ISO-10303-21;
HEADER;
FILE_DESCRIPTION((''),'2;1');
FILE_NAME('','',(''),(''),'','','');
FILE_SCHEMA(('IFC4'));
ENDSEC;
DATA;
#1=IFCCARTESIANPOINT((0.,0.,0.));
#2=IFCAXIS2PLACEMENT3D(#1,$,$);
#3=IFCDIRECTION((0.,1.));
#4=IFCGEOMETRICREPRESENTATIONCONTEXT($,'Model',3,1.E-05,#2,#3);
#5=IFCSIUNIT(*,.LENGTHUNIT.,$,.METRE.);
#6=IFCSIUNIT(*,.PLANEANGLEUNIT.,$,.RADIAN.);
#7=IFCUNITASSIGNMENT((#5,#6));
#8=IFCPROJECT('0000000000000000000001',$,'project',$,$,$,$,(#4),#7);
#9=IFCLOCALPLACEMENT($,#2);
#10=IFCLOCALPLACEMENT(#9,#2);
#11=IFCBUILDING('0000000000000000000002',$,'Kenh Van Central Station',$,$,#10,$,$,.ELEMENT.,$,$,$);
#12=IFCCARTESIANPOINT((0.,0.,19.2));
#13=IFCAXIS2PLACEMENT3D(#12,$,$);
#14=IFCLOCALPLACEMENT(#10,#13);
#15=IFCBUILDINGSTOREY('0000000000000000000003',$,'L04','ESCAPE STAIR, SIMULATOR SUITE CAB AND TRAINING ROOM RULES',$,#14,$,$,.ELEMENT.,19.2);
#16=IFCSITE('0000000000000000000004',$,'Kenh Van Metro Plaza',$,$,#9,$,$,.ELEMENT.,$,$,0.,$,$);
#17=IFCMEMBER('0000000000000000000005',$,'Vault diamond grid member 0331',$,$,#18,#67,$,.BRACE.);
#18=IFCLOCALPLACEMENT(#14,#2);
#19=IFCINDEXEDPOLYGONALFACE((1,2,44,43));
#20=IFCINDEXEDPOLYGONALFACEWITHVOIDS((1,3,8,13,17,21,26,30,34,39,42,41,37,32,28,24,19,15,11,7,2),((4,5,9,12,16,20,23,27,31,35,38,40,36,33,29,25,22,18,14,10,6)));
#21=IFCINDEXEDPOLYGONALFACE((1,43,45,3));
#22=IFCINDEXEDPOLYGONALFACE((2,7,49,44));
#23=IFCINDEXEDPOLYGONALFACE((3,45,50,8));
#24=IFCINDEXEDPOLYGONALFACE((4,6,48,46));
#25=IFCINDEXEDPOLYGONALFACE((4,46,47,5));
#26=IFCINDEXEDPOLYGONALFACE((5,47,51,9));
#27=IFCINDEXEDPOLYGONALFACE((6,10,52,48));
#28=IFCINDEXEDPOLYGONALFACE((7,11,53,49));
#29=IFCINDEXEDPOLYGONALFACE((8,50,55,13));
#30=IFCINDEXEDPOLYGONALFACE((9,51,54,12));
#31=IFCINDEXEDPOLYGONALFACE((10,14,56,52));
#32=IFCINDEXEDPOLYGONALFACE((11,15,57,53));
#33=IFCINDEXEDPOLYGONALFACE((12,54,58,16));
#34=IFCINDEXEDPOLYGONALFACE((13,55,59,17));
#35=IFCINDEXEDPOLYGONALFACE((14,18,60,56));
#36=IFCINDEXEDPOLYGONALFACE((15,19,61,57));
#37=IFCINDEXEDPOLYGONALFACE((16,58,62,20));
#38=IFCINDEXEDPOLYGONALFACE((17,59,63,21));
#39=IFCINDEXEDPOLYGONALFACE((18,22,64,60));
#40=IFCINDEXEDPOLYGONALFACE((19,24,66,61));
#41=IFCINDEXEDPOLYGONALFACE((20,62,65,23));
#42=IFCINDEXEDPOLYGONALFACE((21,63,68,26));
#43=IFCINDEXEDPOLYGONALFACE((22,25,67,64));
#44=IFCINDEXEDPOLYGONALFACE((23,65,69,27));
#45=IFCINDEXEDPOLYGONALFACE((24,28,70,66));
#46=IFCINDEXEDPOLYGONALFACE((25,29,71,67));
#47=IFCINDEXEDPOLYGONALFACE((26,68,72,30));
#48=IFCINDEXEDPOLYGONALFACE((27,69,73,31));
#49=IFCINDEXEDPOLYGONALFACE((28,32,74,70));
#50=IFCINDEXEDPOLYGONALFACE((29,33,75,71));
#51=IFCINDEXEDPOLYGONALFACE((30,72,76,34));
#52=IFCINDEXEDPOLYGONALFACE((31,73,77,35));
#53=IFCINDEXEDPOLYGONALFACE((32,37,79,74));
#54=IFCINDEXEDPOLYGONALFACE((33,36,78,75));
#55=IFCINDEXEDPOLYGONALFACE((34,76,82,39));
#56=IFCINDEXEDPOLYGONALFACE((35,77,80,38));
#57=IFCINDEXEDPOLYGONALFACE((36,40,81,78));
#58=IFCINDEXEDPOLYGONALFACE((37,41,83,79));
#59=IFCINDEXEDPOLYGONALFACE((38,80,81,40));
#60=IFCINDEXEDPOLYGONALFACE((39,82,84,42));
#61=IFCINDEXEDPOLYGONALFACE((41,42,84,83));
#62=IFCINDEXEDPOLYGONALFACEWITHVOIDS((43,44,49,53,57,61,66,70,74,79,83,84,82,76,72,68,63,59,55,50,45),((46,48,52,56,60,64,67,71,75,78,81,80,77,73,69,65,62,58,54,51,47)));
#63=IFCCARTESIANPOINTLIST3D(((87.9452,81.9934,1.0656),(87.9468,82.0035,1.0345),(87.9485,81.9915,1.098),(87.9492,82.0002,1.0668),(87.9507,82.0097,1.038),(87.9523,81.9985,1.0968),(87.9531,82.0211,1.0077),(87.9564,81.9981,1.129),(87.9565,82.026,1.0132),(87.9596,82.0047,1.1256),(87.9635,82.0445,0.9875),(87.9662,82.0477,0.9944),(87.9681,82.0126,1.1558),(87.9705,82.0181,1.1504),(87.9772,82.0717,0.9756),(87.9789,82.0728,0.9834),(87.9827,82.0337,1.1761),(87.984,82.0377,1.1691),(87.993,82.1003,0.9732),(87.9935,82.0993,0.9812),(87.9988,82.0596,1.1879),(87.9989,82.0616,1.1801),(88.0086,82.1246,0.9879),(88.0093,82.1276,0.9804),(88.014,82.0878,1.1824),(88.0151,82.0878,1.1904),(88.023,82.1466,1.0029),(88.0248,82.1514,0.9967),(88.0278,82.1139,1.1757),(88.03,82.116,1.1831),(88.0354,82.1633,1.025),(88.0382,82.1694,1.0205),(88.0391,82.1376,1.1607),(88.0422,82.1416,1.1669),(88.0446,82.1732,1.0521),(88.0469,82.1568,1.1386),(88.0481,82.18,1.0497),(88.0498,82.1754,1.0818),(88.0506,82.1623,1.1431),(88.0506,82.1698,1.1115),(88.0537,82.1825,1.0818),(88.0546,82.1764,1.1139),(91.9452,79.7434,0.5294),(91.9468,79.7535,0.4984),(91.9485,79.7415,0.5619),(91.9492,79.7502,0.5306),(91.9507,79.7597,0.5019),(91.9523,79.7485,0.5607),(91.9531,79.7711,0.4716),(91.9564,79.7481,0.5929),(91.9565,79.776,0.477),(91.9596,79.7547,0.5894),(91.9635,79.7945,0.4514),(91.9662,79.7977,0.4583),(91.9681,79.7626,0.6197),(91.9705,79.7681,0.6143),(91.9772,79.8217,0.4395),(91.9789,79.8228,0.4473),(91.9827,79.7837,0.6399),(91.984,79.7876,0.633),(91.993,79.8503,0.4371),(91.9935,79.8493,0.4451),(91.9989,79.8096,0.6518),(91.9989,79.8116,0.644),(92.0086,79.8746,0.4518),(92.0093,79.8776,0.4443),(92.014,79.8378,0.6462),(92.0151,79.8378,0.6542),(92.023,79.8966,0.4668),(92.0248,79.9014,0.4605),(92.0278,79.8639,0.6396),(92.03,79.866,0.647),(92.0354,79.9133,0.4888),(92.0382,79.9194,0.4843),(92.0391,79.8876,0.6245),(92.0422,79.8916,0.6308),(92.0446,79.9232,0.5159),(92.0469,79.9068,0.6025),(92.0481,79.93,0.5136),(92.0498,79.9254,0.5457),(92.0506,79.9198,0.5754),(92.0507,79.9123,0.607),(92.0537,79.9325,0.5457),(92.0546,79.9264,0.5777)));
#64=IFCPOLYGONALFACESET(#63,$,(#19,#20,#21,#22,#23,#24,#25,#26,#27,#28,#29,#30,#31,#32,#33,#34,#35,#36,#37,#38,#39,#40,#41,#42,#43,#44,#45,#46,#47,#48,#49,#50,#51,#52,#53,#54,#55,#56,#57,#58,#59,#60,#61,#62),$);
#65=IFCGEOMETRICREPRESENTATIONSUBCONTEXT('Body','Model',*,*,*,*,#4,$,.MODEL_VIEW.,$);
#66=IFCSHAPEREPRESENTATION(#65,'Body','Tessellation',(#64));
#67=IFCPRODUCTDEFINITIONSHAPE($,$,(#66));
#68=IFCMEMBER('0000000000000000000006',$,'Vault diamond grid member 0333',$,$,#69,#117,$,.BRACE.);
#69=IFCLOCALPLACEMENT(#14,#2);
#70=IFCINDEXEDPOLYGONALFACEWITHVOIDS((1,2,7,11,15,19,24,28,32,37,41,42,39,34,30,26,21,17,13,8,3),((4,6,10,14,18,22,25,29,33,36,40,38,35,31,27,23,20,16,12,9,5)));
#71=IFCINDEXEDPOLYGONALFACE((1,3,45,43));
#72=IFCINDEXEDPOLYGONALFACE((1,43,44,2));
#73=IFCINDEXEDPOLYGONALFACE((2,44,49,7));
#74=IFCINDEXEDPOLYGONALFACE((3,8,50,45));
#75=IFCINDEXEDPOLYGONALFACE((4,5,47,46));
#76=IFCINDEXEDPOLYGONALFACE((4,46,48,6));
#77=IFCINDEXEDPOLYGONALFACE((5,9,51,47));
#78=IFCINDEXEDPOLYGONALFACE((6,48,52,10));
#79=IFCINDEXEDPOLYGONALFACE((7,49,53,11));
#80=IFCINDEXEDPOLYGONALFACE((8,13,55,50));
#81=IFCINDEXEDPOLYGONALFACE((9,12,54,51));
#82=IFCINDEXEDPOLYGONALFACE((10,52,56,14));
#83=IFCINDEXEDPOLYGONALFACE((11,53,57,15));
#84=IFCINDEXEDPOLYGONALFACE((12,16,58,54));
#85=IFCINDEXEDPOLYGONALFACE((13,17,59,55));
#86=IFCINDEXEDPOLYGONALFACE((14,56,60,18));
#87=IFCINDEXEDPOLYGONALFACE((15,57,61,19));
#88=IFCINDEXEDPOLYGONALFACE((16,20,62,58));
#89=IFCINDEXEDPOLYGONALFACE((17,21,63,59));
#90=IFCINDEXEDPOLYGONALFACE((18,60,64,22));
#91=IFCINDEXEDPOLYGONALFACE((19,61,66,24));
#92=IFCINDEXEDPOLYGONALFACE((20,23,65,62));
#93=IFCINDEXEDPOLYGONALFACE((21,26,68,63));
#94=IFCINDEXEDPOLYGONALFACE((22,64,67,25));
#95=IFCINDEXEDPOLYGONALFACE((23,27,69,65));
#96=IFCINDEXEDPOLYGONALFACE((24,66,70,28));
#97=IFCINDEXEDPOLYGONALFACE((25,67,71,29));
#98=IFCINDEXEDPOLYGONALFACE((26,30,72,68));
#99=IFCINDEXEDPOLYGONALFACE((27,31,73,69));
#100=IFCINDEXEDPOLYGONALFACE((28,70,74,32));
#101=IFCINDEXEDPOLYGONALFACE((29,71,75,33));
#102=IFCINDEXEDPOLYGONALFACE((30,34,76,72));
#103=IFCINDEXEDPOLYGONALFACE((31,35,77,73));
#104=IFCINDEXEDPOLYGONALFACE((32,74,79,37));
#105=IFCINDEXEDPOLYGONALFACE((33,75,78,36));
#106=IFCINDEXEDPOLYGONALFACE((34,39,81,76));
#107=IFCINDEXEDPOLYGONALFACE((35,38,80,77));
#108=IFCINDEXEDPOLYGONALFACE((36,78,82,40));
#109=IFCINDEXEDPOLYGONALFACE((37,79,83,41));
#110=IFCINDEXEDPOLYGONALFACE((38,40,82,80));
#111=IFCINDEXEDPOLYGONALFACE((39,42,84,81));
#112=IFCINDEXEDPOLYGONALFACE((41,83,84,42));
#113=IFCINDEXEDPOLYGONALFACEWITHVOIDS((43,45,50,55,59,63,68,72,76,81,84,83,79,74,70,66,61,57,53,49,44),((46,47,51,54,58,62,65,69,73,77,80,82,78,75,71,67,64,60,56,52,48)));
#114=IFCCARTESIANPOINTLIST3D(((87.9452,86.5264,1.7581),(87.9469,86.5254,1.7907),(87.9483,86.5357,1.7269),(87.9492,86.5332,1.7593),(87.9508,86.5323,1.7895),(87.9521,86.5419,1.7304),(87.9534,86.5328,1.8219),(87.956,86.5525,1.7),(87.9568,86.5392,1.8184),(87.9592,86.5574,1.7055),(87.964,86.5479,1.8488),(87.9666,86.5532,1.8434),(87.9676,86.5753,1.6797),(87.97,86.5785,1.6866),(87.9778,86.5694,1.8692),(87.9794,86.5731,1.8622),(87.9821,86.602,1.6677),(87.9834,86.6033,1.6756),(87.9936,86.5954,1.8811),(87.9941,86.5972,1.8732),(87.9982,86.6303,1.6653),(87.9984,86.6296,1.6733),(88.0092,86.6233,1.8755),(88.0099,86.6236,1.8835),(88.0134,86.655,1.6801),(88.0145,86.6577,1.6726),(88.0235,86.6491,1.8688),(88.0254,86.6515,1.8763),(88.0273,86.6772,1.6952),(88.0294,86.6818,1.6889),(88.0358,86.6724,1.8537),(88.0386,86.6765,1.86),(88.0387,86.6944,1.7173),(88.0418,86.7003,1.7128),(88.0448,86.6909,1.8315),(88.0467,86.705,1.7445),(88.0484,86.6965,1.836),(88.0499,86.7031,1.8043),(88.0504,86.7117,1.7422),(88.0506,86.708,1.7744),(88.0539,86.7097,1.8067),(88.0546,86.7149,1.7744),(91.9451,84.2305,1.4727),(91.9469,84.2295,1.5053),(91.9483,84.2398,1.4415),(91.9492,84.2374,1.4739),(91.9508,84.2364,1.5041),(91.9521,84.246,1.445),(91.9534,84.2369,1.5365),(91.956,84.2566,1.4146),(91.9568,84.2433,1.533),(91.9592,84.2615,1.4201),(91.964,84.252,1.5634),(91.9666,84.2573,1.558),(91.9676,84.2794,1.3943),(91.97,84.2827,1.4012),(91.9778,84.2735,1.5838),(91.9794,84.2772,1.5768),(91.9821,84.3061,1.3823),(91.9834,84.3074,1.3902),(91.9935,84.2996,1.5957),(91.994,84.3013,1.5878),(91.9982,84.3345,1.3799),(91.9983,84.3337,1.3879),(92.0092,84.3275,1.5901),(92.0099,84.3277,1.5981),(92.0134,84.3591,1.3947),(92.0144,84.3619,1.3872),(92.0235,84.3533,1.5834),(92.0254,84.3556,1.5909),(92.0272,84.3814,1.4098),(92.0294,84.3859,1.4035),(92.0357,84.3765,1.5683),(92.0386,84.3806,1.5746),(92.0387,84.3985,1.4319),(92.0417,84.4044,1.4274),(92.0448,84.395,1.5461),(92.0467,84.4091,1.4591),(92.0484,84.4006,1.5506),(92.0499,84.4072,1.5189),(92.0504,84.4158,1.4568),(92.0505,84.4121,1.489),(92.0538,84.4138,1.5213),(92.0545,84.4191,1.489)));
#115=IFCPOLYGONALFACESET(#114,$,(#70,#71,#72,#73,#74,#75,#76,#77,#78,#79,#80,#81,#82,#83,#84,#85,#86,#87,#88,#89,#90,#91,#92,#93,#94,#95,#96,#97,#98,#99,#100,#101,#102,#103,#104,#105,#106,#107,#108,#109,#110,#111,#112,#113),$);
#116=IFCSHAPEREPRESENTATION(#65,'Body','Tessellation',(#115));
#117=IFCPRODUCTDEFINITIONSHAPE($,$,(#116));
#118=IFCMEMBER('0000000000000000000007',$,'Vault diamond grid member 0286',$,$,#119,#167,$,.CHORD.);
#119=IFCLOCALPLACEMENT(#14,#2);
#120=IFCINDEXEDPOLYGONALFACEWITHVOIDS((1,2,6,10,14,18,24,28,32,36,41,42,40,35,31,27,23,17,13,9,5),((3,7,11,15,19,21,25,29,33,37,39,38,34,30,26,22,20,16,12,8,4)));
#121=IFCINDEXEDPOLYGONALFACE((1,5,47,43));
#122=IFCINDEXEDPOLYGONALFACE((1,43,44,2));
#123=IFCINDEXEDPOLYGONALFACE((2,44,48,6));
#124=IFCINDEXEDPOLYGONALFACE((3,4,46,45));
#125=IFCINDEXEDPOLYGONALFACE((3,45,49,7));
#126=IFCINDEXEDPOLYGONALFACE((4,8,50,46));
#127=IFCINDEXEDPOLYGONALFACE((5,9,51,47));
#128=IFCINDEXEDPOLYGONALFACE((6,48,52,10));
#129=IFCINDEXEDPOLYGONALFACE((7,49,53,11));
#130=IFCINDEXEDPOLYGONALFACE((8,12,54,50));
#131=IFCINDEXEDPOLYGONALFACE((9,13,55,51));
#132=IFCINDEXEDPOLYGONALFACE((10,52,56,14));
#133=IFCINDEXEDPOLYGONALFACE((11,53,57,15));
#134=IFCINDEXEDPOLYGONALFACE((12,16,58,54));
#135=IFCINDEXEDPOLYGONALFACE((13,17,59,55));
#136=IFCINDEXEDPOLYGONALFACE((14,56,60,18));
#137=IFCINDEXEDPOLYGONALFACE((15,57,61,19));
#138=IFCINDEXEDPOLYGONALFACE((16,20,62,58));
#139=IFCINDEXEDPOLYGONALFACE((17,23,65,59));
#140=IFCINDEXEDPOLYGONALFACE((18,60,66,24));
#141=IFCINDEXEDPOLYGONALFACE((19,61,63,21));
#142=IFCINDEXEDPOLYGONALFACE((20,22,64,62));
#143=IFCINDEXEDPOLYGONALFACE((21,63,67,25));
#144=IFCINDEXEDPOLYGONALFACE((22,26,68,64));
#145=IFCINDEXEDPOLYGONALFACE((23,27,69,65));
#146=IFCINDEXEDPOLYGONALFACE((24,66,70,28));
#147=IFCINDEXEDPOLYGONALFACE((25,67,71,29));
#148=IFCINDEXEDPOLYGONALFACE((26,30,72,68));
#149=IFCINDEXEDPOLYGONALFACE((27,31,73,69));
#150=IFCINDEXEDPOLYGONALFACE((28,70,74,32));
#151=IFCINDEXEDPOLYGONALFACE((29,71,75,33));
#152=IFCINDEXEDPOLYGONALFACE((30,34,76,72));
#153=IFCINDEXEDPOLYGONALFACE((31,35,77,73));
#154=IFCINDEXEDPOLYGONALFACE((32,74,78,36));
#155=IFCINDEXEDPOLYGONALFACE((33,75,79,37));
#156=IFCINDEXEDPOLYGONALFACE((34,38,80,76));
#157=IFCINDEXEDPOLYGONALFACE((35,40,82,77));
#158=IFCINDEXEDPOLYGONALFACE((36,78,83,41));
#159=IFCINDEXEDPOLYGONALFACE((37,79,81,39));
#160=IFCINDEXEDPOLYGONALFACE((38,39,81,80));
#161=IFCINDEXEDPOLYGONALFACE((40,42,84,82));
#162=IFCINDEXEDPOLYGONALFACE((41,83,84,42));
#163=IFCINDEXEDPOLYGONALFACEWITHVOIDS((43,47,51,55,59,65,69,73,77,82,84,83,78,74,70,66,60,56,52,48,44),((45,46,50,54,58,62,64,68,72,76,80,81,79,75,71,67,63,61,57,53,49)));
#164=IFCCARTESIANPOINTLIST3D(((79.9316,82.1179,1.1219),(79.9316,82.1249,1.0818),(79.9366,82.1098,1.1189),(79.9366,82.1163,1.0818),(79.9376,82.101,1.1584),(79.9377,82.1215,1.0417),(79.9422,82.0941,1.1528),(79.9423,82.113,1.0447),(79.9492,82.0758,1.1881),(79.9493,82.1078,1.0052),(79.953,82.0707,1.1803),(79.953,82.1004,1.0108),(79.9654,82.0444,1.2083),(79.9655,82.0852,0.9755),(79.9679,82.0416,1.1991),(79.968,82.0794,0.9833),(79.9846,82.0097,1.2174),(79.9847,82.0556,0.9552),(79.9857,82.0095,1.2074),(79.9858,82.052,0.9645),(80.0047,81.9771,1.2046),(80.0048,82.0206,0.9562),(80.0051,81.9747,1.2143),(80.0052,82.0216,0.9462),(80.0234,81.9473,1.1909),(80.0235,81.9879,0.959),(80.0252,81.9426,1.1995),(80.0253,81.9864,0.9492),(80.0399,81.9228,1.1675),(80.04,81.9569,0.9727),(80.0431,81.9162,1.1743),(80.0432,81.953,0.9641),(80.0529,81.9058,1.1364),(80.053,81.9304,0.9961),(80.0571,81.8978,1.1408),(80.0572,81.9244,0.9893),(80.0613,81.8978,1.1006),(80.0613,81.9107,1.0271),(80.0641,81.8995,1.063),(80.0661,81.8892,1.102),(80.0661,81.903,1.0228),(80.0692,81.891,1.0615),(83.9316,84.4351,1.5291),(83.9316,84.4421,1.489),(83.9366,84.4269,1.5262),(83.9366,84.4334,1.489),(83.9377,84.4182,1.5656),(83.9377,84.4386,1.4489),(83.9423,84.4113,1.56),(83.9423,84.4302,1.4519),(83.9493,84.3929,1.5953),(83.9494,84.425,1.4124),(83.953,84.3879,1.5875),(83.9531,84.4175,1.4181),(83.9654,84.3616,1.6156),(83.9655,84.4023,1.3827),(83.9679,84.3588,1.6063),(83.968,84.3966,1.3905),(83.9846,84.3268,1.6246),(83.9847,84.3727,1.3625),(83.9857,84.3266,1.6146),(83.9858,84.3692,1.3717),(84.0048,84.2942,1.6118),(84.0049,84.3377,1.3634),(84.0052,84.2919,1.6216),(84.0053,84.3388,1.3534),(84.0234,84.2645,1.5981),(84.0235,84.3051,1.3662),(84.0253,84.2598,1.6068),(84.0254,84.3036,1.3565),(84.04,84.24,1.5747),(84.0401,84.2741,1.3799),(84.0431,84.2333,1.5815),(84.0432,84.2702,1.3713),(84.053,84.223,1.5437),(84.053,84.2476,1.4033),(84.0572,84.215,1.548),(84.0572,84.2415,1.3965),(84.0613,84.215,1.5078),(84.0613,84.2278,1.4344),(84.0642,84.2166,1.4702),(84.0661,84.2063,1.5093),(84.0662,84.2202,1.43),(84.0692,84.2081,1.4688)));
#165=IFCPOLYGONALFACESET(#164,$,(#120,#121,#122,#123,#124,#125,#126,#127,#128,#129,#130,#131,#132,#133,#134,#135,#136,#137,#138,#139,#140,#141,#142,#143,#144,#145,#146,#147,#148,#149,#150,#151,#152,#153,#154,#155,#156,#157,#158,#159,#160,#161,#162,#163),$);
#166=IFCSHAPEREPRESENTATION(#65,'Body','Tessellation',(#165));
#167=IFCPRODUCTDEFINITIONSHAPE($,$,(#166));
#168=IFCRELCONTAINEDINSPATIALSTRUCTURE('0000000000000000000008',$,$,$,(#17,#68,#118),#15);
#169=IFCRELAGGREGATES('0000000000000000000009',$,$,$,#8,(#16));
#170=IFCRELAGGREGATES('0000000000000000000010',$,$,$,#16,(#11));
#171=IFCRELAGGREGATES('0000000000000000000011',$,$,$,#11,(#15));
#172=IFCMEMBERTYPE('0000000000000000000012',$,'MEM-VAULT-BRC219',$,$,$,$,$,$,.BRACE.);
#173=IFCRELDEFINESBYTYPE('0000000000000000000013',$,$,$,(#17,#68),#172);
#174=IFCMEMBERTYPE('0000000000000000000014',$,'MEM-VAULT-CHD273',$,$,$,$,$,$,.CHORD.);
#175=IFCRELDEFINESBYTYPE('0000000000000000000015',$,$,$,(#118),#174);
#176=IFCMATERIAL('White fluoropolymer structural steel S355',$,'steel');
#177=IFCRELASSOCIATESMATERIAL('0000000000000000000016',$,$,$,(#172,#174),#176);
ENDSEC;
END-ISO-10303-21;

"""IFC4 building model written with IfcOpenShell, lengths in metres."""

from ifc_helpers import new_model, si_unit, direction, frame, origin, origin_2d, place, context, subcontext, project, spatial, hollow_circle, extrude, material, material_profile, profile_set, type_object, element, save


model = new_model("IFC4")

# Units and contexts
model_context = context("Model", 3, precision=1e-05, world=origin(), true_north=direction((0.0, 1.0)))
body_context = subcontext(model_context, "Body", "Model", "MODEL_VIEW")
ifc_project = project(units=[si_unit("LENGTHUNIT", "METRE"), si_unit("PLANEANGLEUNIT", "RADIAN")], contexts=[model_context])

# Site, building, storey
site_placement = place(None, origin())
site = spatial("IfcSite", under=ifc_project, at=site_placement, Name="Kenh Van Metro Plaza", CompositionType="ELEMENT", RefElevation=0.0)
building_placement = place(site_placement, origin())
building = spatial("IfcBuilding", under=site, at=building_placement, Name="Kenh Van Central Station", CompositionType="ELEMENT")
storey_placement = place(building_placement, frame((0.0, 0.0, 19.2)))
storey = spatial("IfcBuildingStorey", under=building, at=storey_placement, Name="L04", Description="ESCAPE STAIR, SIMULATOR SUITE CAB AND TRAINING ROOM RULES", CompositionType="ELEMENT", Elevation=19.2)

# Shared definitions
ifc_material_1 = material(Name="White fluoropolymer structural steel S355", Category="steel")

# Members
ifc_material_profile_1 = material_profile(ifc_material_1, hollow_circle(Radius=0.1096, WallThickness=0.0081, at=origin_2d()), Name="CHS 219.1x8")
ifc_profile_set_1 = profile_set([ifc_material_profile_1], Name="White fluoropolymer structural steel S355")
member_type_1 = type_object("IfcMemberType", Name="MEM-VAULT-BRC219", PredefinedType="BRACE", material=ifc_profile_set_1)
member_1_placement = place(storey_placement, frame((88.0, 82.0869, 1.0818), z_axis=(0.865689, -0.48695, -0.116031), x_axis=(0.490261, 0.871576, 0.0)))
element("IfcMember", 1, at=member_1_placement, inside=storey, type_object=member_type_1, Name="Vault diamond grid member 0331", PredefinedType="BRACE", context=body_context, shape_type="SweptSolid", body=[
    extrude(hollow_circle(Radius=0.1096, WallThickness=0.0081, at=origin_2d()), origin(), (0.0, 0.0, 1.0), 4.6206),
])
member_2_placement = place(storey_placement, frame((88.0, 86.6199, 1.7744), z_axis=(0.865635, -0.496852, -0.061763), x_axis=(0.497803, 0.86729, 0.0)))
element("IfcMember", 2, at=member_2_placement, inside=storey, type_object=member_type_1, Name="Vault diamond grid member 0333", PredefinedType="BRACE", context=body_context, shape_type="SweptSolid", body=[
    extrude(hollow_circle(Radius=0.1096, WallThickness=0.0081, at=origin_2d()), origin(), (0.0, 0.0, 1.0), 4.6208),
])
ifc_material_profile_2 = material_profile(ifc_material_1, hollow_circle(Radius=0.1365, WallThickness=0.01, at=origin_2d()), Name="CHS 273x10")
ifc_profile_set_2 = profile_set([ifc_material_profile_2], Name="White fluoropolymer structural steel S355")
member_type_2 = type_object("IfcMemberType", Name="MEM-VAULT-CHD273", PredefinedType="CHORD", material=ifc_profile_set_2)
member_3_placement = place(storey_placement, frame((80.0, 82.0068, 1.0818), z_axis=(0.861962, 0.499321, 0.087753), x_axis=(-0.501255, 0.8653, 0.0)))
element("IfcMember", 3, at=member_3_placement, inside=storey, type_object=member_type_2, Name="Vault diamond grid member 0286", PredefinedType="CHORD", context=body_context, shape_type="SweptSolid", body=[
    extrude(hollow_circle(Radius=0.1365, WallThickness=0.01, at=origin_2d()), origin(), (0.0, 0.0, 1.0), 4.6406),
])

save(model, "model.ifc")
